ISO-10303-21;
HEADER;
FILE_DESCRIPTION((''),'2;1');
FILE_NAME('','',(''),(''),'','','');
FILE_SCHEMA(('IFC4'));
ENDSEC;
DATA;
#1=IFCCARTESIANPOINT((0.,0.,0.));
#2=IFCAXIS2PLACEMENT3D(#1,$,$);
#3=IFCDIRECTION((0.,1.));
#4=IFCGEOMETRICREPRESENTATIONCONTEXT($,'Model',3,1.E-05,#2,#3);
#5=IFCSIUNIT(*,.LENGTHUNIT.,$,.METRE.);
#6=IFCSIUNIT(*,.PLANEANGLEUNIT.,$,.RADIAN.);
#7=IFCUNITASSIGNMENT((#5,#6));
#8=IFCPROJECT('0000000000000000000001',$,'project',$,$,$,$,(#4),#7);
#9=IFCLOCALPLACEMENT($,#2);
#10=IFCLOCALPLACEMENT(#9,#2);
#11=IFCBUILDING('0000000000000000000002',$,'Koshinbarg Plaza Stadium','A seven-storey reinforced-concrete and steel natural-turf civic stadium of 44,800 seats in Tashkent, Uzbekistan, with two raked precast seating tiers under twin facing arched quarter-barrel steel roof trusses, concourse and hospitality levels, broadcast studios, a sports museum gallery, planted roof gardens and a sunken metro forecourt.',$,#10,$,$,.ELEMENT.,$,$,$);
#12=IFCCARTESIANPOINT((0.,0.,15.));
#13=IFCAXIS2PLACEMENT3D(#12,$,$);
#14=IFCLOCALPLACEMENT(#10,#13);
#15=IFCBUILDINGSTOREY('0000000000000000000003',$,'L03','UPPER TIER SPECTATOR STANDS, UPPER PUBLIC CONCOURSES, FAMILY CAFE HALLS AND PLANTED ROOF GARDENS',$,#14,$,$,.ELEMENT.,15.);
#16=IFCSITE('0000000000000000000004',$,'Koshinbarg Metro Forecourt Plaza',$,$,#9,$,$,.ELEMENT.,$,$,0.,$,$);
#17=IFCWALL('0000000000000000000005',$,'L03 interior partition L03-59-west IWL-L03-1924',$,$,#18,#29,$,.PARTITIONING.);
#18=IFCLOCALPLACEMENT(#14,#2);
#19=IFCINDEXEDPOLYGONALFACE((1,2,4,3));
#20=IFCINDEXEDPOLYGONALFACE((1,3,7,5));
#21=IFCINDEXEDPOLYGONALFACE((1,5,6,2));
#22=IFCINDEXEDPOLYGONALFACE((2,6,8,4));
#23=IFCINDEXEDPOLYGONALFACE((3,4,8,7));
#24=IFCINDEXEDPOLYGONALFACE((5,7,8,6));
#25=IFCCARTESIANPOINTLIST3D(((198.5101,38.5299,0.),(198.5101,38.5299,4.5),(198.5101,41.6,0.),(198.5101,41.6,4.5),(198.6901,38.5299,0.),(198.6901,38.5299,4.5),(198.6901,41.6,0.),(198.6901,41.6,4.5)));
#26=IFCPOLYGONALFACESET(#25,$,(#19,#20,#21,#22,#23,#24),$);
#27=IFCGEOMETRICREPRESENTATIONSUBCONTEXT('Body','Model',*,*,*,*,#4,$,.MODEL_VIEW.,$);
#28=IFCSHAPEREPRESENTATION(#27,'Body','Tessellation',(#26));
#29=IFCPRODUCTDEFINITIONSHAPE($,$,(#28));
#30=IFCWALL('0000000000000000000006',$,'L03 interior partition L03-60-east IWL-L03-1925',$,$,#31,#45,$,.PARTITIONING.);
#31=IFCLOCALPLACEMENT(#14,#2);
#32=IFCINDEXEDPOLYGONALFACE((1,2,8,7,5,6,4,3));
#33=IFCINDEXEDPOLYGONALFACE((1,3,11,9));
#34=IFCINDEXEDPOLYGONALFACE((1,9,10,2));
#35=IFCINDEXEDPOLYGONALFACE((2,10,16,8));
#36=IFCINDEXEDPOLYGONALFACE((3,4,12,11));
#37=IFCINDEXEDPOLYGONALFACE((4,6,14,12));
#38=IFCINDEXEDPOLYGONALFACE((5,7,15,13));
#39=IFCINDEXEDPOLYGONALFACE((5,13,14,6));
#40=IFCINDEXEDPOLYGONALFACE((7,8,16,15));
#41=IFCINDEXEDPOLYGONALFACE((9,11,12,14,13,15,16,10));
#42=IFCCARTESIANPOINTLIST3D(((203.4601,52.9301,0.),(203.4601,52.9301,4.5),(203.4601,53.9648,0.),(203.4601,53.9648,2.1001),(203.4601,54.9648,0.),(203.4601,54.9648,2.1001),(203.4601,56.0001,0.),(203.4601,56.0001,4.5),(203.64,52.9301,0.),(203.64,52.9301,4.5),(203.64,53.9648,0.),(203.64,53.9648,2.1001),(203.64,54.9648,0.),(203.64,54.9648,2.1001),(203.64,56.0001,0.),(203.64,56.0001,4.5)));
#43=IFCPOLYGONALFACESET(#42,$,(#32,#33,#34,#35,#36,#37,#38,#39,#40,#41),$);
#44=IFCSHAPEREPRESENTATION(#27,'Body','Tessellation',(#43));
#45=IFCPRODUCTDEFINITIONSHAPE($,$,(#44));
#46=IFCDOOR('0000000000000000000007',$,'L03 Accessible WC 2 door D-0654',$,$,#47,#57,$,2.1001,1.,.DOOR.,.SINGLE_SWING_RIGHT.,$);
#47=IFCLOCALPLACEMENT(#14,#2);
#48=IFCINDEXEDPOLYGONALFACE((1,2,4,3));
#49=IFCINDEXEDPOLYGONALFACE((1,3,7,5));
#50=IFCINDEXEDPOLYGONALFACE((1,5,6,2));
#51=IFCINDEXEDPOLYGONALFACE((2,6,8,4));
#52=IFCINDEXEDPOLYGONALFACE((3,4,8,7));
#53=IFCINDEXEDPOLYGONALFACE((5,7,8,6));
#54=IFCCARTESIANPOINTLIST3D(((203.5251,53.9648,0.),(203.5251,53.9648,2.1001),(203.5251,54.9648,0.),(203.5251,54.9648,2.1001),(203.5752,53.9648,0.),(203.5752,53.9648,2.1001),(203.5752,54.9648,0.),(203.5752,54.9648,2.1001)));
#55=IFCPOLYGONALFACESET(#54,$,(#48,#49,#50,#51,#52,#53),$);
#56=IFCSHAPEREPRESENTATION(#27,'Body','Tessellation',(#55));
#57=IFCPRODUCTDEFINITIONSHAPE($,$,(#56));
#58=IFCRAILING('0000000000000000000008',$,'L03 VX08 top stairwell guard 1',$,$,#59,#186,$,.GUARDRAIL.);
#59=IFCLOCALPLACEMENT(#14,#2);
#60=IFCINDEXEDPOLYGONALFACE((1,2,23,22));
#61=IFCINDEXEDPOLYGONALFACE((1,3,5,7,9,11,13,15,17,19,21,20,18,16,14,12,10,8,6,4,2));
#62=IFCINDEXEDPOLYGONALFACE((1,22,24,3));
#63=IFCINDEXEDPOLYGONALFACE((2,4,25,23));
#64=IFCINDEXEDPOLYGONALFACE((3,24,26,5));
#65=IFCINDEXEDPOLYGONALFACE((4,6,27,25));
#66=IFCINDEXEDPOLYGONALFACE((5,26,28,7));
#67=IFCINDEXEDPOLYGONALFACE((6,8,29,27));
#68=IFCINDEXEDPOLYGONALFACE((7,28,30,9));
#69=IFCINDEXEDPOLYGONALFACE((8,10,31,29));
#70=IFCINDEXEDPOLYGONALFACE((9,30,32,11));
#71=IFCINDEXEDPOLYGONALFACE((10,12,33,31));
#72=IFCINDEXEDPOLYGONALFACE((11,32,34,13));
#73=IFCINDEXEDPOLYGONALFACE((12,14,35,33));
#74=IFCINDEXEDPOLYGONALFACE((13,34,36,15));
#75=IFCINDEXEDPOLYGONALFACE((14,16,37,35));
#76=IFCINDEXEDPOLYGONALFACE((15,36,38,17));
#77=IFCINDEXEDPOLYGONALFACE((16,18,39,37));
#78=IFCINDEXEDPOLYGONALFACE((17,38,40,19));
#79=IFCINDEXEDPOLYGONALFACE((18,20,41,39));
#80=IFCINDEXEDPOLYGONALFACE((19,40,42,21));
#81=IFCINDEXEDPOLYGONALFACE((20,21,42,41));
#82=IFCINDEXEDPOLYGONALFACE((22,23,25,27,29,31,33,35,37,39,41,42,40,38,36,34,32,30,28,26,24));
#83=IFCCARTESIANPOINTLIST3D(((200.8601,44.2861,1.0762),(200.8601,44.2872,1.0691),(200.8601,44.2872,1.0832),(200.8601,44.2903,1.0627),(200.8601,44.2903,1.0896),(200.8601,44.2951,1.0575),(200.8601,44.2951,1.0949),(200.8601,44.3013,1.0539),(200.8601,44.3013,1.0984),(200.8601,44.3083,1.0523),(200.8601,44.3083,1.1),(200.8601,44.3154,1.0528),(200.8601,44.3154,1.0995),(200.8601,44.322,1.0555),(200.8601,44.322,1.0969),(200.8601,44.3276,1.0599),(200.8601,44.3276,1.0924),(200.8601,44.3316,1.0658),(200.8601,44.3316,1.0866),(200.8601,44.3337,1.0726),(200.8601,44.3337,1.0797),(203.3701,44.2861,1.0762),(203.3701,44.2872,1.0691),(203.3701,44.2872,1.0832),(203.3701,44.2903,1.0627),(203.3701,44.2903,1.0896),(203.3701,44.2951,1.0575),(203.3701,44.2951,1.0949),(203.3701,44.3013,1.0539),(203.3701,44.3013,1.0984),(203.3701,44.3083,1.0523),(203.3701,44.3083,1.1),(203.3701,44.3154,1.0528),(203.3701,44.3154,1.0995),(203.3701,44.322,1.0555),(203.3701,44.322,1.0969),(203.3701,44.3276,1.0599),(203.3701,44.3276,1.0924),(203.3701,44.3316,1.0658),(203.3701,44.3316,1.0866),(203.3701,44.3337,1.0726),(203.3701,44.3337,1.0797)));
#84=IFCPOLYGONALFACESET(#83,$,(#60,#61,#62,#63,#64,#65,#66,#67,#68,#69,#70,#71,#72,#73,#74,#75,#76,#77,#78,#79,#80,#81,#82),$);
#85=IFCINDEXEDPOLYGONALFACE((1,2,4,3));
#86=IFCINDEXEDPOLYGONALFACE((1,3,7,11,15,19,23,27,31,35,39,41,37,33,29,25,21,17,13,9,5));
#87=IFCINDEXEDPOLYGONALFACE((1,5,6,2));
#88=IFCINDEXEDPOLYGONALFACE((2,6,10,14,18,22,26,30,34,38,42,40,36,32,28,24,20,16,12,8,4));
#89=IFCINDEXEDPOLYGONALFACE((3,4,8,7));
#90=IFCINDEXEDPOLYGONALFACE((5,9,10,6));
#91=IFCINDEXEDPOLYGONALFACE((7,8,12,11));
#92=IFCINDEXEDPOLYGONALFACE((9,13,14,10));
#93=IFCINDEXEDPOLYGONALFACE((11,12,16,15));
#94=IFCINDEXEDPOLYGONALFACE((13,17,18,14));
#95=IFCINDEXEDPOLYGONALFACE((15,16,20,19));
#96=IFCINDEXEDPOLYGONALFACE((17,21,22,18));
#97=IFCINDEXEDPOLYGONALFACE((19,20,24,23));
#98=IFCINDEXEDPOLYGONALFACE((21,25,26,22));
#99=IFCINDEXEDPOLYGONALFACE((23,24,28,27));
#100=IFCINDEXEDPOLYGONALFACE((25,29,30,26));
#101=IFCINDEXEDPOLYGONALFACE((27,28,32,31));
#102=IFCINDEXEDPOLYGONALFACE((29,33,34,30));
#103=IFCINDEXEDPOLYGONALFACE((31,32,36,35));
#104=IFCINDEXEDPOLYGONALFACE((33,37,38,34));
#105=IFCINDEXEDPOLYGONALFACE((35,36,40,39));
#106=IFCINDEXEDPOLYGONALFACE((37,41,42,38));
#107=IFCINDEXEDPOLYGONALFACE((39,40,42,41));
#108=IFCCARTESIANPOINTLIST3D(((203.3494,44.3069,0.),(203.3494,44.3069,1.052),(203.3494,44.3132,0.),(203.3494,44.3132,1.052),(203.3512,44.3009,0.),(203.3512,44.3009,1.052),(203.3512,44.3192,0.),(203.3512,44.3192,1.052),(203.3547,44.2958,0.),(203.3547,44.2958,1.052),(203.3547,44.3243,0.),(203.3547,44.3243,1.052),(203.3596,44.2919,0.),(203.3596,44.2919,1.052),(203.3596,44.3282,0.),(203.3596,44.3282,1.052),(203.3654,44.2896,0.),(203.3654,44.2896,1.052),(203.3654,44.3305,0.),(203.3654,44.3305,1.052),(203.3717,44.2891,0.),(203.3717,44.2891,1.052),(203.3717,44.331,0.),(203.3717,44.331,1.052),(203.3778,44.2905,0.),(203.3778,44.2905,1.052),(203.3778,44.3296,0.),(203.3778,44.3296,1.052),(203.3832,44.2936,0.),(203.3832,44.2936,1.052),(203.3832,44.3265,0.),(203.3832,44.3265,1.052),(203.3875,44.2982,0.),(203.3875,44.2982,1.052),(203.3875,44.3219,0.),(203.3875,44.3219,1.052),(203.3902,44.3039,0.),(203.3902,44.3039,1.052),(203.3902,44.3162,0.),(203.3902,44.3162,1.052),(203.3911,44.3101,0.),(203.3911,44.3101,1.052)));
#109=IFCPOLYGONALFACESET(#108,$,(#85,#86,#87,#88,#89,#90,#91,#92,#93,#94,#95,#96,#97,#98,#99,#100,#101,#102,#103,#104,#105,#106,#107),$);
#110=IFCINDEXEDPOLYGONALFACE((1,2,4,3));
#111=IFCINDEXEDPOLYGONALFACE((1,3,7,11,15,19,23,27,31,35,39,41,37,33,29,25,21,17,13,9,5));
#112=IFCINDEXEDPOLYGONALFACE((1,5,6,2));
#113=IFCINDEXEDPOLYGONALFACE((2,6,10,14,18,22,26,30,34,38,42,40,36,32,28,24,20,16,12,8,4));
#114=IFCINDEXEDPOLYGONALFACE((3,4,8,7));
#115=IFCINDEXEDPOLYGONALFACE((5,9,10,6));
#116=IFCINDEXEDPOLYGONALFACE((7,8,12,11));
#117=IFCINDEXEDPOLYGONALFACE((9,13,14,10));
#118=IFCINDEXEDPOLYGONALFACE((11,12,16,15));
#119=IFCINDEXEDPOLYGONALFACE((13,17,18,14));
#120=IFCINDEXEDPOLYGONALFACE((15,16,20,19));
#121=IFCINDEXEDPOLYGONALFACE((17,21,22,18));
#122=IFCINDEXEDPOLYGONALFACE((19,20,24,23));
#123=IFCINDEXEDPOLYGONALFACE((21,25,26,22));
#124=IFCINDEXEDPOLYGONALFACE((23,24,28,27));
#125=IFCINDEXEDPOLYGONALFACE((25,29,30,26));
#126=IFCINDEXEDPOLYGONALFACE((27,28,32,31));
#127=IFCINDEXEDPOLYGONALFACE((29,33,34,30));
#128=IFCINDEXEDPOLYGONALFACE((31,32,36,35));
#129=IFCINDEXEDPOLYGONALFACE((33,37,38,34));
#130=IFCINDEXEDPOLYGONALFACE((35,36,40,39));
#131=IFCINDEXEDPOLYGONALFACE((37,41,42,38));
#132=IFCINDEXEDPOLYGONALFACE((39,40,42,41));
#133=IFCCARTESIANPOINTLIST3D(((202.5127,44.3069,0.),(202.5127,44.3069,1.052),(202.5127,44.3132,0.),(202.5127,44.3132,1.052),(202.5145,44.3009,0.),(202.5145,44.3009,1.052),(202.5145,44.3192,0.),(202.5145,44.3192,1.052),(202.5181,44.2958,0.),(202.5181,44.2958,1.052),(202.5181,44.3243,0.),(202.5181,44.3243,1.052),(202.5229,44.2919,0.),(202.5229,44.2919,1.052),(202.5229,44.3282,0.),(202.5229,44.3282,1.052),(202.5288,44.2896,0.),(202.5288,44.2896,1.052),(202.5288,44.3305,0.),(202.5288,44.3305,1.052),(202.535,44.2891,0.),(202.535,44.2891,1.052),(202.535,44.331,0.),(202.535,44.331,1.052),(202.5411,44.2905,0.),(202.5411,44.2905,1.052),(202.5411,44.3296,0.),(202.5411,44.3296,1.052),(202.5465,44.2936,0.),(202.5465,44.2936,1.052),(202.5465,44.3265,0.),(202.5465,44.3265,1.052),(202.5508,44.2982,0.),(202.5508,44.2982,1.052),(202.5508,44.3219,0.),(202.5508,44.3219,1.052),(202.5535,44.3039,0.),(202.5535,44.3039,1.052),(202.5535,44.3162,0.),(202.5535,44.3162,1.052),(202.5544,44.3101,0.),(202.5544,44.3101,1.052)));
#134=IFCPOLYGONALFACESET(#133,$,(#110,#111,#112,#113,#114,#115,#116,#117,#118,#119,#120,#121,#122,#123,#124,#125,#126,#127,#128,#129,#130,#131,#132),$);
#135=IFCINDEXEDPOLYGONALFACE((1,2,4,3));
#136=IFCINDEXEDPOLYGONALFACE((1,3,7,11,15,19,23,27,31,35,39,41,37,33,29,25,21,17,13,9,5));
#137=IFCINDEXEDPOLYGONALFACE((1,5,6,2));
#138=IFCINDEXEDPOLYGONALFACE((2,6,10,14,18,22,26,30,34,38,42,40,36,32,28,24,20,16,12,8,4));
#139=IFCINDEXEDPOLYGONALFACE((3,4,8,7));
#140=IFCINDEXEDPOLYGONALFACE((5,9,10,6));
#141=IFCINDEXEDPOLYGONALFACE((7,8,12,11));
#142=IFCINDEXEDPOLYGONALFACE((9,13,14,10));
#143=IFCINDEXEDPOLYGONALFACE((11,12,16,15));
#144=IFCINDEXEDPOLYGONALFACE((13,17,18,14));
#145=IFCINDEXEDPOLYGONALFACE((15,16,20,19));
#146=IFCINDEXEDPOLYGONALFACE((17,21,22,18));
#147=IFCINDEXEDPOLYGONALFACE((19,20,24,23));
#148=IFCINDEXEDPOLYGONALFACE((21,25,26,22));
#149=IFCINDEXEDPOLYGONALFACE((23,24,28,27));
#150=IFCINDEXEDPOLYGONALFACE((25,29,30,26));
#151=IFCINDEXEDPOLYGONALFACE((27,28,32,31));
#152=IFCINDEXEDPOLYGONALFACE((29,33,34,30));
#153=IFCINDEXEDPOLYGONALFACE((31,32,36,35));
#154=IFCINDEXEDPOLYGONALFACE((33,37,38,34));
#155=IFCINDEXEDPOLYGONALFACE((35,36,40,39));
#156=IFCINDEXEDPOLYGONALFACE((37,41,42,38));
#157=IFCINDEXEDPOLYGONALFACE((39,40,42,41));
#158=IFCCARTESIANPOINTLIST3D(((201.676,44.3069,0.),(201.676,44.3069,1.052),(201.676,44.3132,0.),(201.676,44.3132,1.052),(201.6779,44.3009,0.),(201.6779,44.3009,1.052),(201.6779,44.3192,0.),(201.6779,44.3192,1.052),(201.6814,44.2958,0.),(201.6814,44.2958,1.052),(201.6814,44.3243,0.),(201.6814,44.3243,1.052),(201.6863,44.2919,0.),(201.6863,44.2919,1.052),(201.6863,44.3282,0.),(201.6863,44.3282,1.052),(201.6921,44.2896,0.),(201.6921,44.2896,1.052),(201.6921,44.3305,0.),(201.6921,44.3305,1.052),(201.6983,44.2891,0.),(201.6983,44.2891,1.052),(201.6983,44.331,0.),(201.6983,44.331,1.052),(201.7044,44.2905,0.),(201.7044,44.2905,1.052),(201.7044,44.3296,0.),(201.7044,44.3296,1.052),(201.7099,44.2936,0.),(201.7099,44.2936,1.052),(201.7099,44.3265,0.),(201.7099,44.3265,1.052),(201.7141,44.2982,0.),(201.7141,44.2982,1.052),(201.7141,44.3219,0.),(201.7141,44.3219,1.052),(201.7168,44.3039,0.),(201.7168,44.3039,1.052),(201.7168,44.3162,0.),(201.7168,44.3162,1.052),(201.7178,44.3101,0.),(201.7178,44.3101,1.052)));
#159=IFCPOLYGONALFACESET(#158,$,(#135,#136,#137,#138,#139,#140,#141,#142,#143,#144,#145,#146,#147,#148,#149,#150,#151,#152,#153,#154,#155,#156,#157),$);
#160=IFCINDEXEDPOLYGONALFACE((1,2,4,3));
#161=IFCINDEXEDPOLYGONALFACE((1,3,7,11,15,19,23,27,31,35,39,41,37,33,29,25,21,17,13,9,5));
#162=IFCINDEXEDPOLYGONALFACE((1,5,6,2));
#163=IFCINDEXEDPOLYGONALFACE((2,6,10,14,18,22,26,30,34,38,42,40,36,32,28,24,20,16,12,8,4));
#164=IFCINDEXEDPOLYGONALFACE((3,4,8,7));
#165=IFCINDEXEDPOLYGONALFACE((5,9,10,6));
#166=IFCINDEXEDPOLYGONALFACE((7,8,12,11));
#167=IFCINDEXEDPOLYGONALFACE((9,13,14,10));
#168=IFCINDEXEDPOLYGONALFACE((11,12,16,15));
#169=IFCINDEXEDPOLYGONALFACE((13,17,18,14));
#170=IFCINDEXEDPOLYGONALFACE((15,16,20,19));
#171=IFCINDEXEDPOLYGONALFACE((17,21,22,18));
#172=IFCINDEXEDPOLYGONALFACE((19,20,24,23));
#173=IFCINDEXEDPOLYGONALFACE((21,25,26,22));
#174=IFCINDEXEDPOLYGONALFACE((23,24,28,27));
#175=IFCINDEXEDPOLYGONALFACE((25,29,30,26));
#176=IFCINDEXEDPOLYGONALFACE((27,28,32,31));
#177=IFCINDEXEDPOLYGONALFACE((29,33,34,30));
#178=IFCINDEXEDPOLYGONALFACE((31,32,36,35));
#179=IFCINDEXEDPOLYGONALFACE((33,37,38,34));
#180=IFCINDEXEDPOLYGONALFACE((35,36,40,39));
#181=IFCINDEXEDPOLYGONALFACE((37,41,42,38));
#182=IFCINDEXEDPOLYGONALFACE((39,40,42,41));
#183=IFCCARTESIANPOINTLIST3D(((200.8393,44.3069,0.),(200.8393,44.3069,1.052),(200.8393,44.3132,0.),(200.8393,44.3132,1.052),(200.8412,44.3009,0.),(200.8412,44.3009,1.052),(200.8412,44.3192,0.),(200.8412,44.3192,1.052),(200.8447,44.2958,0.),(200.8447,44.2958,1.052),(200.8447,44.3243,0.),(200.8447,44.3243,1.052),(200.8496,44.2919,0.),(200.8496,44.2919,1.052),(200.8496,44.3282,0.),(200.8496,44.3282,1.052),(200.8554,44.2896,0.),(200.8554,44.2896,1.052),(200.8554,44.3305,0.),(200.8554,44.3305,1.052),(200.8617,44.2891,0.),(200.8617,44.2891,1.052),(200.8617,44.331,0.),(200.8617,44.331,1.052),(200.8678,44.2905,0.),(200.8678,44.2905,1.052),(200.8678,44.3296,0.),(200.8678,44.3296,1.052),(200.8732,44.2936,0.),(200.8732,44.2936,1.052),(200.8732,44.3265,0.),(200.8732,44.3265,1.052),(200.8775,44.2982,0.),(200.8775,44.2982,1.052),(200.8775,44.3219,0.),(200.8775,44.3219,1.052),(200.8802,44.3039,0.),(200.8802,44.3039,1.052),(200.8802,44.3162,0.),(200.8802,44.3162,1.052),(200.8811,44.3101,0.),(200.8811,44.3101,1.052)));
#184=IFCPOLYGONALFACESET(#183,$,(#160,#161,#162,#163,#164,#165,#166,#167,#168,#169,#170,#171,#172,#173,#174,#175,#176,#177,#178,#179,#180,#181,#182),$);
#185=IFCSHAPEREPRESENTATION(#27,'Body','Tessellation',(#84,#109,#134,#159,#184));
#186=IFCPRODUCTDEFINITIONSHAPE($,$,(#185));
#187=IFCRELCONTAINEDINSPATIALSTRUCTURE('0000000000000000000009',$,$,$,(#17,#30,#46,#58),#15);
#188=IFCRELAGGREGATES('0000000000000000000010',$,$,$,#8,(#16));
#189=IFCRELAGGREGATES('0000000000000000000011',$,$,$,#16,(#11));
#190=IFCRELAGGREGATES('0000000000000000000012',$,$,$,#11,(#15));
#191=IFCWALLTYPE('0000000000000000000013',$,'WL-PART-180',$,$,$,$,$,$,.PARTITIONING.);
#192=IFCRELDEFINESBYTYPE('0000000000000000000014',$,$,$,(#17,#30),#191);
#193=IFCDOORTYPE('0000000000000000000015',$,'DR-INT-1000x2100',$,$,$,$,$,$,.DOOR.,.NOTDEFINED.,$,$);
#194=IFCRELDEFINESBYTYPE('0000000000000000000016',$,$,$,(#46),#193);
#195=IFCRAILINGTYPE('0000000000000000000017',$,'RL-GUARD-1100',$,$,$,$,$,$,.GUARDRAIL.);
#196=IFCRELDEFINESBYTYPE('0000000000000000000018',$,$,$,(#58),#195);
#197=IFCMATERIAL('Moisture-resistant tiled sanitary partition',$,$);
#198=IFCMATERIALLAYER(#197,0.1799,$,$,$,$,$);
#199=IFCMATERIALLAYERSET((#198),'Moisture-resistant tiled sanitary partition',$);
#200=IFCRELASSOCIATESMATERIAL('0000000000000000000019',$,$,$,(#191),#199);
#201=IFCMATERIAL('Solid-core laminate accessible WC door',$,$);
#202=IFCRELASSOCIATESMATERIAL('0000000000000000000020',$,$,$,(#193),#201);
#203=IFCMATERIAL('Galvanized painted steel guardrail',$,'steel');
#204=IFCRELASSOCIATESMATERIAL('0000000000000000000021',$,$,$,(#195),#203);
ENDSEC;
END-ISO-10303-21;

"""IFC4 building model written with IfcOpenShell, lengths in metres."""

from ifc_helpers import new_model, si_unit, direction, frame, frame_2d, origin, origin_2d, place, context, subcontext, project, spatial, rectangle, circle, extrude, material, layer, layer_set, type_object, element, fill, save


model = new_model("IFC4")

# Units and contexts
model_context = context("Model", 3, precision=1e-05, world=origin(), true_north=direction((0.0, 1.0)))
body_context = subcontext(model_context, "Body", "Model", "MODEL_VIEW")
ifc_project = project(units=[si_unit("LENGTHUNIT", "METRE"), si_unit("PLANEANGLEUNIT", "RADIAN")], contexts=[model_context])

# Site, building, storey
site_placement = place(None, origin())
site = spatial("IfcSite", under=ifc_project, at=site_placement, Name="Koshinbarg Metro Forecourt Plaza", CompositionType="ELEMENT", RefElevation=0.0)
building_placement = place(site_placement, origin())
building = spatial("IfcBuilding", under=site, at=building_placement, Name="Koshinbarg Plaza Stadium", Description="A seven-storey reinforced-concrete and steel natural-turf civic stadium of 44,800 seats in Tashkent, Uzbekistan, with two raked precast seating tiers under twin facing arched quarter-barrel steel roof trusses, concourse and hospitality levels, broadcast studios, a sports museum gallery, planted roof gardens and a sunken metro forecourt.", CompositionType="ELEMENT")
storey_placement = place(building_placement, frame((0.0, 0.0, 15.0)))
storey = spatial("IfcBuildingStorey", under=building, at=storey_placement, Name="L03", Description="UPPER TIER SPECTATOR STANDS, UPPER PUBLIC CONCOURSES, FAMILY CAFE HALLS AND PLANTED ROOF GARDENS", CompositionType="ELEMENT", Elevation=15.0)

# Wall
ifc_material_1 = material(Name="Moisture-resistant tiled sanitary partition")
ifc_layer_1 = layer(ifc_material_1, 0.1799)
ifc_layer_set_1 = layer_set([ifc_layer_1], Name="Moisture-resistant tiled sanitary partition")
wall_type_1 = type_object("IfcWallType", Name="WL-PART-180", PredefinedType="PARTITIONING", material=ifc_layer_set_1)
wall_1_placement = place(storey_placement, frame((198.6001, 41.6001, 0.0), z_axis=(0.0, 0.0, 1.0), x_axis=(0.0, -1.0, 0.0)))
element("IfcWall", 1, at=wall_1_placement, inside=storey, type_object=wall_type_1, Name="L03 interior partition L03-59-west IWL-L03-1924", PredefinedType="PARTITIONING", context=body_context, shape_type="SweptSolid", body=[
    extrude(rectangle(XDim=3.0701, YDim=0.1799, at=frame_2d((1.5352, 0.0))), origin(), (0.0, 0.0, 1.0), 4.5),
])

# Wall, opening, door
wall_2_placement = place(storey_placement, frame((203.55, 52.9299, 0.0), z_axis=(0.0, 0.0, 1.0), x_axis=(0.0, 1.0, 0.0)))
wall_2 = element("IfcWall", 2, at=wall_2_placement, inside=storey, type_object=wall_type_1, Name="L03 interior partition L03-60-east IWL-L03-1925", PredefinedType="PARTITIONING", context=body_context, shape_type="SweptSolid", body=[
    extrude(rectangle(XDim=3.0701, YDim=0.1799, at=frame_2d((1.5352, 0.0))), origin(), (0.0, 0.0, 1.0), 4.5),
])
opening_1_placement = place(wall_2_placement, frame((1.0349, 0.0, 0.0)))
opening_1 = element("IfcOpeningElement", 3, at=opening_1_placement, cuts=wall_2, PredefinedType="OPENING", context=body_context, shape_type="SweptSolid", body=[
    extrude(rectangle(XDim=1.0, YDim=2.1001, at=frame_2d((0.5, 1.05))), frame((0.0, 0.0999, 0.0), z_axis=(0.0, -1.0, 0.0), x_axis=(1.0, 0.0, 0.0)), (0.0, 0.0, 1.0), 0.2),
])
ifc_material_2 = material(Name="Solid-core laminate accessible WC door")
door_type_1 = type_object("IfcDoorType", Name="DR-INT-1000x2100", OperationType="NOTDEFINED", PredefinedType="DOOR", material=ifc_material_2)
door_1_placement = place(opening_1_placement, origin())
door_1 = element("IfcDoor", 4, at=door_1_placement, inside=storey, type_object=door_type_1, Name="L03 Accessible WC 2 door D-0654", OperationType="SINGLE_SWING_RIGHT", OverallHeight=2.1001, OverallWidth=1.0, PredefinedType="DOOR", context=body_context, shape_type="SweptSolid", body=[
    extrude(rectangle(XDim=1.0, YDim=2.1001, at=frame_2d((0.5, 1.05))), frame((0.0, 0.0249, 0.0), z_axis=(0.0, -1.0, 0.0), x_axis=(1.0, 0.0, 0.0)), (0.0, 0.0, 1.0), 0.05),
])
fill(opening_1, door_1)

# Railing
ifc_material_3 = material(Name="Galvanized painted steel guardrail", Category="steel")
railing_type = type_object("IfcRailingType", Name="RL-GUARD-1100", PredefinedType="GUARDRAIL", material=ifc_material_3)
railing_placement = place(storey_placement, frame((203.3701, 44.3101, 0.0)))
element("IfcRailing", 5, at=railing_placement, inside=storey, type_object=railing_type, Name="L03 VX08 top stairwell guard 1", PredefinedType="GUARDRAIL", context=body_context, shape_type="SweptSolid", body=[
    extrude(circle(Radius=0.0239, at=origin_2d()), frame((0.0, 0.0, 1.0762), z_axis=(-1.0, 0.0, 0.0), x_axis=(0.0, -1.0, 0.0)), (0.0, 0.0, 1.0), 2.51),
    extrude(circle(Radius=0.021, at=origin_2d()), origin(), (0.0, 0.0, 1.0), 1.052),
    extrude(circle(Radius=0.021, at=origin_2d()), frame((-0.8367, 0.0, 0.0)), (0.0, 0.0, 1.0), 1.052),
    extrude(circle(Radius=0.021, at=origin_2d()), frame((-1.6733, 0.0, 0.0)), (0.0, 0.0, 1.0), 1.052),
    extrude(circle(Radius=0.021, at=origin_2d()), frame((-2.51, 0.0, 0.0)), (0.0, 0.0, 1.0), 1.052),
])

save(model, "model.ifc")
